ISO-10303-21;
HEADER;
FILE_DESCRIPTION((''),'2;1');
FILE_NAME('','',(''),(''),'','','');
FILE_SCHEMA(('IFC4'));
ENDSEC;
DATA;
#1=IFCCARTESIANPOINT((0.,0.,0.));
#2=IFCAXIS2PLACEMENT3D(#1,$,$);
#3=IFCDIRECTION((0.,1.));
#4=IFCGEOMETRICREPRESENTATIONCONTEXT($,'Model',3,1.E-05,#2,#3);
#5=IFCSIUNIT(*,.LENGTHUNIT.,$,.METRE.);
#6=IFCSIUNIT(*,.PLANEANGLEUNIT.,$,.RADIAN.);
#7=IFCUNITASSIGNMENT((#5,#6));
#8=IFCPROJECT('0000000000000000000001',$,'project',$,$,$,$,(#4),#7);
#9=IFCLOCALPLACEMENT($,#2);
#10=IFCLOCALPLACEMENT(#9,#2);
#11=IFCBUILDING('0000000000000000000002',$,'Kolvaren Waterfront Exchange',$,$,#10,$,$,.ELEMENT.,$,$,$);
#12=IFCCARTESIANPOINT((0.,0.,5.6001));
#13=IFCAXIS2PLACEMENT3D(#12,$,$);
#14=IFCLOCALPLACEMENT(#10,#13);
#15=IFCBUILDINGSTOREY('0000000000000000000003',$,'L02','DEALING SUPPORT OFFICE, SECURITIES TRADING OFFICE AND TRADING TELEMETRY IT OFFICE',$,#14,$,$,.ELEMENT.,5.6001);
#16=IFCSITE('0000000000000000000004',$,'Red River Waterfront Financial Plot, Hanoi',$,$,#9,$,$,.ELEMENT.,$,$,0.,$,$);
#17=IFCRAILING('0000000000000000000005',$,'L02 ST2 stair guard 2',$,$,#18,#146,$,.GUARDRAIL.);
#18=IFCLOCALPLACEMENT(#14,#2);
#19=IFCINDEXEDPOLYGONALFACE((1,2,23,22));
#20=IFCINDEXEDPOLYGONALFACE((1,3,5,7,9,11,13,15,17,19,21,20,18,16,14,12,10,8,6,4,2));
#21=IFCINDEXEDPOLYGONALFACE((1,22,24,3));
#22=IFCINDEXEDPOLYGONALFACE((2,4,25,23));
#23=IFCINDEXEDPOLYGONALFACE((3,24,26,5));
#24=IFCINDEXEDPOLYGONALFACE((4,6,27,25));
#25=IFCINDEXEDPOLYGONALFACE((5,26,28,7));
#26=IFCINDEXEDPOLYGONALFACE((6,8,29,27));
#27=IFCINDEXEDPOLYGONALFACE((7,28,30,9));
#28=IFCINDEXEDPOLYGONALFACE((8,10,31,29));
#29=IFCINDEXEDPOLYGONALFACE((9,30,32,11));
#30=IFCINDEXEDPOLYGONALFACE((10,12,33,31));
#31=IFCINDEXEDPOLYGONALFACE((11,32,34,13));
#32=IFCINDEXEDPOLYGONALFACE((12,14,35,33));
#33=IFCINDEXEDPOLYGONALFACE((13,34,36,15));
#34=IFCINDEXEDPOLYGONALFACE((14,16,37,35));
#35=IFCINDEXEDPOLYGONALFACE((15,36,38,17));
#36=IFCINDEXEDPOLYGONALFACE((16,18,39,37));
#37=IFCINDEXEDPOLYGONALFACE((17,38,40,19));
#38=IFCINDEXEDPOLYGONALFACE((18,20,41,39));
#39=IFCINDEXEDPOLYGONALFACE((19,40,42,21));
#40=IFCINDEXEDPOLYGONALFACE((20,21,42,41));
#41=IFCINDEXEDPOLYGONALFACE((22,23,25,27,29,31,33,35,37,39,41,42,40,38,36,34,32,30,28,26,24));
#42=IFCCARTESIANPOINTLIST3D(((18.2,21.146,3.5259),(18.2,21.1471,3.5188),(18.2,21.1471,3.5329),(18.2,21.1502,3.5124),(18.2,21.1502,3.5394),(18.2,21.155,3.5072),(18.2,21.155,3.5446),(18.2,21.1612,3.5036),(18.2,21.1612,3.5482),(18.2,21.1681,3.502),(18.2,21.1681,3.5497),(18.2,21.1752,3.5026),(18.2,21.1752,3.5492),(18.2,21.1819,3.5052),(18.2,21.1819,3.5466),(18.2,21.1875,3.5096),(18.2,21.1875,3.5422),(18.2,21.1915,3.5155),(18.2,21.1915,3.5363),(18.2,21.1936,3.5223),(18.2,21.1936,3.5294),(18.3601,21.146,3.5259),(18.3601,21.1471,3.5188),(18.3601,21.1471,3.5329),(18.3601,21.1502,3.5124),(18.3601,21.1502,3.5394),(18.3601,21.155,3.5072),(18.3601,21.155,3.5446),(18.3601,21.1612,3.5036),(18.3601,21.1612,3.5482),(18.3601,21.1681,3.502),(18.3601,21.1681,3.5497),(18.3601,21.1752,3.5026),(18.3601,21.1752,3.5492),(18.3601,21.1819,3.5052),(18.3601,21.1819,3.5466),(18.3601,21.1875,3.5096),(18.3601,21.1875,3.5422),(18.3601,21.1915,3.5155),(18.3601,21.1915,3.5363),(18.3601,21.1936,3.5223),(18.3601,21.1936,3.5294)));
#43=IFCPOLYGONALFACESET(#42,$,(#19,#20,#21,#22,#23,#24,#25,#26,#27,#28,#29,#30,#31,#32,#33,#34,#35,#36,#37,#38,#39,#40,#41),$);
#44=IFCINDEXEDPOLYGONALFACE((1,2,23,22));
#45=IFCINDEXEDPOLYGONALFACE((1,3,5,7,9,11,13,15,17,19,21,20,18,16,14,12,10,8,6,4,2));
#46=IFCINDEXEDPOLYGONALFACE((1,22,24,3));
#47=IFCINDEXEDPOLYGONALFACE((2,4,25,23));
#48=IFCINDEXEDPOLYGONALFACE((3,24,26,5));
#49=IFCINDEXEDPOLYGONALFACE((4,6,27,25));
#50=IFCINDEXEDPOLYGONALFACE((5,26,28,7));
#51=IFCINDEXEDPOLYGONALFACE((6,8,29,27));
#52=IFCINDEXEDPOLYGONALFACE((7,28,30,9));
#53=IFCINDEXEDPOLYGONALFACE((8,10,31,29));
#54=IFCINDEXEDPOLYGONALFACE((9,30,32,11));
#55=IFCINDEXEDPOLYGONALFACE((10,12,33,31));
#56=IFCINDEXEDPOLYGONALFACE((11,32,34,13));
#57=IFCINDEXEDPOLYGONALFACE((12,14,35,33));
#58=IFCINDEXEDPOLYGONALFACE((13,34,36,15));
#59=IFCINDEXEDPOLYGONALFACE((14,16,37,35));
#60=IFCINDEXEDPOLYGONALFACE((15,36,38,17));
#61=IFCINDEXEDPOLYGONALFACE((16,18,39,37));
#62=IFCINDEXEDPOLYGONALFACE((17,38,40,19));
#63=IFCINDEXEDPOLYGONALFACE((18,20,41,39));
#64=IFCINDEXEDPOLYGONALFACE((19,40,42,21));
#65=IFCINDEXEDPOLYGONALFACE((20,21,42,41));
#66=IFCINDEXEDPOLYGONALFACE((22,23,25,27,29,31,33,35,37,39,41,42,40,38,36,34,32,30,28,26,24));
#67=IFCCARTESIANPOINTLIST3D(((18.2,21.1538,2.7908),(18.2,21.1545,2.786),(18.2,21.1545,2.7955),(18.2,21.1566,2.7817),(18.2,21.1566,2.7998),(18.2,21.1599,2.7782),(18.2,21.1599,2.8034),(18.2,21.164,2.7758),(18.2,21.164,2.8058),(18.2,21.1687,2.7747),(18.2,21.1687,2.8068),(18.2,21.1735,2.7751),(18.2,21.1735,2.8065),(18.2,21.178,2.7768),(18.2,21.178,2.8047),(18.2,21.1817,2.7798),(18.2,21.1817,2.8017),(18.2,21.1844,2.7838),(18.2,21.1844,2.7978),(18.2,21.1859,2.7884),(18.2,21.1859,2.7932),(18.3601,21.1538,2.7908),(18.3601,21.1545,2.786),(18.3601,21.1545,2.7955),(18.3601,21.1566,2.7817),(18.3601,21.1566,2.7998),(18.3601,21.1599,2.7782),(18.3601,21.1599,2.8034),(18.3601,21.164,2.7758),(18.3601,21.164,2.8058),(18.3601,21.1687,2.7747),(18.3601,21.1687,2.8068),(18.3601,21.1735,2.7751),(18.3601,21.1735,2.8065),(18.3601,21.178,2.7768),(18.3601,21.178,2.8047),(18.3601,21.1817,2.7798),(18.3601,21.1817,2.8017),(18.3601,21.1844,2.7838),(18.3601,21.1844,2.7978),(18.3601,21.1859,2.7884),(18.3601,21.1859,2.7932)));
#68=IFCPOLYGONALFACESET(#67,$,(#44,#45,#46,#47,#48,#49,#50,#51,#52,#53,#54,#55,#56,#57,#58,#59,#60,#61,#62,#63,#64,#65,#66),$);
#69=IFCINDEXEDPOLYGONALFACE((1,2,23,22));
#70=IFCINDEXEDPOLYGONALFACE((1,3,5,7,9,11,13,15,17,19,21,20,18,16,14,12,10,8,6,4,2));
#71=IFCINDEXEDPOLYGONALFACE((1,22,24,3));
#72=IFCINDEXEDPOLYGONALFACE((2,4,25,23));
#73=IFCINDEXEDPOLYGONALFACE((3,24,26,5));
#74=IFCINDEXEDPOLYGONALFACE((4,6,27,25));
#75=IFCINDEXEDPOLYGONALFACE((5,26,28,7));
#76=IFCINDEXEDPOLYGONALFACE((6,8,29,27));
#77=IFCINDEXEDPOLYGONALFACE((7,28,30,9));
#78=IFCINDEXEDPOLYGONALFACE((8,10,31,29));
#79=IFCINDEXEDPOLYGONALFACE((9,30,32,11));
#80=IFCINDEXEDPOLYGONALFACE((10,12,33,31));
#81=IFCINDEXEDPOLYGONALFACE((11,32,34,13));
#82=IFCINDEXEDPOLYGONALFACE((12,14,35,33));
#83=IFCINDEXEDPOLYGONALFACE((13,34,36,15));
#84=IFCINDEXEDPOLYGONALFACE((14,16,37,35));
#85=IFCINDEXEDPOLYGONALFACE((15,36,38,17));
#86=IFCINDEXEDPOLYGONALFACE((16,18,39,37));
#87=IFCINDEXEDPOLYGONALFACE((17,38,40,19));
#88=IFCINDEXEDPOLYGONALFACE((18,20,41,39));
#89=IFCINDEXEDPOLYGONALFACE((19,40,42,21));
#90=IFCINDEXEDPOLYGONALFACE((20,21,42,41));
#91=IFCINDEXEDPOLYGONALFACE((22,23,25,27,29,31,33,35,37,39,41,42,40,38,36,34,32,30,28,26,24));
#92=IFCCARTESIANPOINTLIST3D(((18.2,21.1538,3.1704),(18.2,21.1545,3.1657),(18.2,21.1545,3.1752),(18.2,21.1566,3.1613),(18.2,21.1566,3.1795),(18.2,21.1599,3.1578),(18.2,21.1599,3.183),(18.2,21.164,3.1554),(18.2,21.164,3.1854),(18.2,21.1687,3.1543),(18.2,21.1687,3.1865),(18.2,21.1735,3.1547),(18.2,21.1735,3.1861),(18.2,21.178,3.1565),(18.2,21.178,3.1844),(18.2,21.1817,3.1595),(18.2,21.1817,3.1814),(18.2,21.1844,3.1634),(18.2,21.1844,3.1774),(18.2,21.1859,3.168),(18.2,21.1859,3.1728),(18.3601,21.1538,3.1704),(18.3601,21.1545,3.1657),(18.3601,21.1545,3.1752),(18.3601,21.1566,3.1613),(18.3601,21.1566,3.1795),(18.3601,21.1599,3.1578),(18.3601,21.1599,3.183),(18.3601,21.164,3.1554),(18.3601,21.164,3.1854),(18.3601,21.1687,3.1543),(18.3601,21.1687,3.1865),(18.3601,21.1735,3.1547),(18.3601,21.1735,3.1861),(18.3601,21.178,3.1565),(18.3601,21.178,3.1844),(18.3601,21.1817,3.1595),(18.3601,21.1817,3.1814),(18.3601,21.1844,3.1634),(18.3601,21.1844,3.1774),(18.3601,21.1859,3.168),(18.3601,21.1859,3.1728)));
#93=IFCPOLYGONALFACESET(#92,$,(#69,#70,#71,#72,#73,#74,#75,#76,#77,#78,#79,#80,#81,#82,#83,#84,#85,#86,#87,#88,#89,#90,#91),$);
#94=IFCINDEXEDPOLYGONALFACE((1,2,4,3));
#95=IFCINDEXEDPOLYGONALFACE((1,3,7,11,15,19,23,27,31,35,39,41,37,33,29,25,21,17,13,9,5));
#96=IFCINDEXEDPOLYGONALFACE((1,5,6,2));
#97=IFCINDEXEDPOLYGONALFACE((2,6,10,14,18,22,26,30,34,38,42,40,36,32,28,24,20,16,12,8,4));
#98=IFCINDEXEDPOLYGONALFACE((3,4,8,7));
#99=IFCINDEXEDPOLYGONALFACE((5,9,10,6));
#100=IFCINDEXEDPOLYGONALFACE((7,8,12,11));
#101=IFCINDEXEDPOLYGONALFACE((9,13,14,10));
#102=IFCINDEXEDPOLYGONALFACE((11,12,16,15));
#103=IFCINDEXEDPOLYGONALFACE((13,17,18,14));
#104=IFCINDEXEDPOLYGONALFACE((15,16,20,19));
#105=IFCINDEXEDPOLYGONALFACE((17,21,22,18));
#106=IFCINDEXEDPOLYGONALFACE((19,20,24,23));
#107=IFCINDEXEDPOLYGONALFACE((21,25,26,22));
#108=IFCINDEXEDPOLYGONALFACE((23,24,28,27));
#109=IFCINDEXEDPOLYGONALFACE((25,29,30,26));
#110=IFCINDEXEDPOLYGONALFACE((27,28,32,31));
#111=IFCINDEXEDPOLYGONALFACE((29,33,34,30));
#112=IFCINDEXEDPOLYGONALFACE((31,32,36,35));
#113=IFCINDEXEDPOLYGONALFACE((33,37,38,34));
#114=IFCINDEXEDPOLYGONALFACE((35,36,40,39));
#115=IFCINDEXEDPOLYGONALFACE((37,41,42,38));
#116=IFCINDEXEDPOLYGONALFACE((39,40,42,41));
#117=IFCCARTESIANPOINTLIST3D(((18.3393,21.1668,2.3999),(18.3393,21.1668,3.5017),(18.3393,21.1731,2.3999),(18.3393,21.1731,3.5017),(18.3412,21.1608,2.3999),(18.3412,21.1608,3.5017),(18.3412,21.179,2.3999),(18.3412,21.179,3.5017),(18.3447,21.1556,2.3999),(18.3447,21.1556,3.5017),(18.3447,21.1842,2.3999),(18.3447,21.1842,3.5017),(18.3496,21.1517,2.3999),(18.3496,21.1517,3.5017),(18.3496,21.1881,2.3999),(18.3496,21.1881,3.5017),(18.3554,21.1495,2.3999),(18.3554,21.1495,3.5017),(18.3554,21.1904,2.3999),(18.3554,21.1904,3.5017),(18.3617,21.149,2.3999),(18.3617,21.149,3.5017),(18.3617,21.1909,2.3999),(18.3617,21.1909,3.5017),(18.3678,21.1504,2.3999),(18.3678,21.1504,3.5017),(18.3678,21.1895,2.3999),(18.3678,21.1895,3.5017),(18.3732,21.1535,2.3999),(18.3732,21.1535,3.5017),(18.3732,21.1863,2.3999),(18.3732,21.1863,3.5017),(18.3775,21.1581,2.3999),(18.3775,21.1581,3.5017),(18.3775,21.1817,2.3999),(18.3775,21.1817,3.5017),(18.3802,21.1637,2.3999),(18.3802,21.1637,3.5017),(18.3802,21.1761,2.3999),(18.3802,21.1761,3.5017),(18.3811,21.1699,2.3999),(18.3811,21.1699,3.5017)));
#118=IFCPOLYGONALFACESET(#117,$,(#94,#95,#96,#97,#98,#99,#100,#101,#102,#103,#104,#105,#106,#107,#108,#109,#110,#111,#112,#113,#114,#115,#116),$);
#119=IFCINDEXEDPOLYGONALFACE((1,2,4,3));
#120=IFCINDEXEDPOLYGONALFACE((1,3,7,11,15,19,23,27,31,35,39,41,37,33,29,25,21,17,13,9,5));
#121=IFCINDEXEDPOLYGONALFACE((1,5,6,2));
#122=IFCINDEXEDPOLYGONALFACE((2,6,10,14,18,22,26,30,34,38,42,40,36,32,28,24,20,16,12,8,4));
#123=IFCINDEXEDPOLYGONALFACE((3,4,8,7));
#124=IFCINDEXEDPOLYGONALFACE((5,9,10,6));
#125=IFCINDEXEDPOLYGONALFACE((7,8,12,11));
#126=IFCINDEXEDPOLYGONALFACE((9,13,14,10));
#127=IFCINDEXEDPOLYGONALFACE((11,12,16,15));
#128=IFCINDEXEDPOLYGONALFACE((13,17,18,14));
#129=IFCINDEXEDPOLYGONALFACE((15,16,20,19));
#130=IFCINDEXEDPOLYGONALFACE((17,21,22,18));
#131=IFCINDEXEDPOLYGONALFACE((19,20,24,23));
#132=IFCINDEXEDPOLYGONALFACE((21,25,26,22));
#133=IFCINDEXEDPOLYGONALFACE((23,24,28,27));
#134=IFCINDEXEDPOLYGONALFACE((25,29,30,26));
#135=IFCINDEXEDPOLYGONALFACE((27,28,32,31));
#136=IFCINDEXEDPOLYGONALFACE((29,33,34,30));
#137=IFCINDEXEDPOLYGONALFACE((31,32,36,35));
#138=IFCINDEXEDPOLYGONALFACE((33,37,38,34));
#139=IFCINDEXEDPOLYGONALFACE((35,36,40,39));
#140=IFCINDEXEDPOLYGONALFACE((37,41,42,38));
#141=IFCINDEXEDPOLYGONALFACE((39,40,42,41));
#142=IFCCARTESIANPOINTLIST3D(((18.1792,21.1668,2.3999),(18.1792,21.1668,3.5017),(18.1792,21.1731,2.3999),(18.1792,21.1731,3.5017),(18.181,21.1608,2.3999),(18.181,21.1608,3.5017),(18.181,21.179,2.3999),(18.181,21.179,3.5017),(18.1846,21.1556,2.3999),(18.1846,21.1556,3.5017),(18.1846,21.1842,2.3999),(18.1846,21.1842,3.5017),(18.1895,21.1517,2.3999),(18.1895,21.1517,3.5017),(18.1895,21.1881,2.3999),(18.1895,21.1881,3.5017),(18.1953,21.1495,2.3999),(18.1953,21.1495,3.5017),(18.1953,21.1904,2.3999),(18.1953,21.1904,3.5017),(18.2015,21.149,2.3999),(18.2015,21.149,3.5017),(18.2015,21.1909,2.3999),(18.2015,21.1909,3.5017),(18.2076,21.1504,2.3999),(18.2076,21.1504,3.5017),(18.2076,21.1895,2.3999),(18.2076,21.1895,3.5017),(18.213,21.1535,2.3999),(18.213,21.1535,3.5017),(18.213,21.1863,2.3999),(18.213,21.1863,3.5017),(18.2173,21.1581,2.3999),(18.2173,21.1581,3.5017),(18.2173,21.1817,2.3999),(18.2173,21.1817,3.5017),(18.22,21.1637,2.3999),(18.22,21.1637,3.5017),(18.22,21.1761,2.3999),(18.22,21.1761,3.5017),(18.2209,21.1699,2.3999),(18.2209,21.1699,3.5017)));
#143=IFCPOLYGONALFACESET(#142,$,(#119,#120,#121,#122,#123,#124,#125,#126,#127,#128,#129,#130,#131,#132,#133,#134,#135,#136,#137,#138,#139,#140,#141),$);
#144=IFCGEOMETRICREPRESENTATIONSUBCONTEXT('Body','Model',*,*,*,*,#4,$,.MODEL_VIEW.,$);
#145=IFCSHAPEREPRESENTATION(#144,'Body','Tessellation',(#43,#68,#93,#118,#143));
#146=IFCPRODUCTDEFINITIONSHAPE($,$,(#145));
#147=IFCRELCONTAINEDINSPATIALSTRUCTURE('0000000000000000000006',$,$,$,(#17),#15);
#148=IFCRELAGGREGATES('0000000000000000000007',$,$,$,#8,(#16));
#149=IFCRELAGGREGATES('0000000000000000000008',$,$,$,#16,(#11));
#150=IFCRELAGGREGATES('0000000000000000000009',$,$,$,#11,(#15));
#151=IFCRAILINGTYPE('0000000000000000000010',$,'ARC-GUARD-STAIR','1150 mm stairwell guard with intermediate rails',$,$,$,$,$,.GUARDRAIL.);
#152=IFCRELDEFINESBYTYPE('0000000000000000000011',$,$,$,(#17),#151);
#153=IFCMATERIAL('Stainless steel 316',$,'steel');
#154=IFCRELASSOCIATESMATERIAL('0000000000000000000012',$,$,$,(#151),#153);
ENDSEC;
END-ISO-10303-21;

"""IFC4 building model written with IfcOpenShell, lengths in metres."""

from ifc_helpers import new_model, si_unit, direction, frame, origin, origin_2d, place, context, subcontext, project, spatial, circle, extrude, material, type_object, element, save


model = new_model("IFC4")

# Units and contexts
model_context = context("Model", 3, precision=1e-05, world=origin(), true_north=direction((0.0, 1.0)))
body_context = subcontext(model_context, "Body", "Model", "MODEL_VIEW")
ifc_project = project(units=[si_unit("LENGTHUNIT", "METRE"), si_unit("PLANEANGLEUNIT", "RADIAN")], contexts=[model_context])

# Site, building, storey
site_placement = place(None, origin())
site = spatial("IfcSite", under=ifc_project, at=site_placement, Name="Red River Waterfront Financial Plot, Hanoi", CompositionType="ELEMENT", RefElevation=0.0)
building_placement = place(site_placement, origin())
building = spatial("IfcBuilding", under=site, at=building_placement, Name="Kolvaren Waterfront Exchange", CompositionType="ELEMENT")
storey_placement = place(building_placement, frame((0.0, 0.0, 5.6001)))
storey = spatial("IfcBuildingStorey", under=building, at=storey_placement, Name="L02", Description="DEALING SUPPORT OFFICE, SECURITIES TRADING OFFICE AND TRADING TELEMETRY IT OFFICE", CompositionType="ELEMENT", Elevation=5.6001)

# Railing
ifc_material_1 = material(Name="Stainless steel 316", Category="steel")
railing_type_1 = type_object("IfcRailingType", Name="ARC-GUARD-STAIR", Description="1150 mm stairwell guard with intermediate rails", PredefinedType="GUARDRAIL", material=ifc_material_1)
railing_1_placement = place(storey_placement, frame((18.3601, 21.1699, 2.3999)))
element("IfcRailing", 1, at=railing_1_placement, inside=storey, type_object=railing_type_1, Name="L02 ST2 stair guard 2", PredefinedType="GUARDRAIL", context=body_context, shape_type="SweptSolid", body=[
    extrude(circle(Radius=0.0239, at=origin_2d()), frame((0.0, 0.0, 1.126), z_axis=(-1.0, 0.0, 0.0), x_axis=(0.0, -1.0, 0.0)), (0.0, 0.0, 1.0), 0.1602),
    extrude(circle(Radius=0.0161, at=origin_2d()), frame((0.0, 0.0, 0.3909), z_axis=(-1.0, 0.0, 0.0), x_axis=(0.0, -1.0, 0.0)), (0.0, 0.0, 1.0), 0.1602),
    extrude(circle(Radius=0.0161, at=origin_2d()), frame((0.0, 0.0, 0.7705), z_axis=(-1.0, 0.0, 0.0), x_axis=(0.0, -1.0, 0.0)), (0.0, 0.0, 1.0), 0.1602),
    extrude(circle(Radius=0.021, at=origin_2d()), origin(), (0.0, 0.0, 1.0), 1.1018),
    extrude(circle(Radius=0.021, at=origin_2d()), frame((-0.1602, 0.0, 0.0)), (0.0, 0.0, 1.0), 1.1018),
])

save(model, "model.ifc")
